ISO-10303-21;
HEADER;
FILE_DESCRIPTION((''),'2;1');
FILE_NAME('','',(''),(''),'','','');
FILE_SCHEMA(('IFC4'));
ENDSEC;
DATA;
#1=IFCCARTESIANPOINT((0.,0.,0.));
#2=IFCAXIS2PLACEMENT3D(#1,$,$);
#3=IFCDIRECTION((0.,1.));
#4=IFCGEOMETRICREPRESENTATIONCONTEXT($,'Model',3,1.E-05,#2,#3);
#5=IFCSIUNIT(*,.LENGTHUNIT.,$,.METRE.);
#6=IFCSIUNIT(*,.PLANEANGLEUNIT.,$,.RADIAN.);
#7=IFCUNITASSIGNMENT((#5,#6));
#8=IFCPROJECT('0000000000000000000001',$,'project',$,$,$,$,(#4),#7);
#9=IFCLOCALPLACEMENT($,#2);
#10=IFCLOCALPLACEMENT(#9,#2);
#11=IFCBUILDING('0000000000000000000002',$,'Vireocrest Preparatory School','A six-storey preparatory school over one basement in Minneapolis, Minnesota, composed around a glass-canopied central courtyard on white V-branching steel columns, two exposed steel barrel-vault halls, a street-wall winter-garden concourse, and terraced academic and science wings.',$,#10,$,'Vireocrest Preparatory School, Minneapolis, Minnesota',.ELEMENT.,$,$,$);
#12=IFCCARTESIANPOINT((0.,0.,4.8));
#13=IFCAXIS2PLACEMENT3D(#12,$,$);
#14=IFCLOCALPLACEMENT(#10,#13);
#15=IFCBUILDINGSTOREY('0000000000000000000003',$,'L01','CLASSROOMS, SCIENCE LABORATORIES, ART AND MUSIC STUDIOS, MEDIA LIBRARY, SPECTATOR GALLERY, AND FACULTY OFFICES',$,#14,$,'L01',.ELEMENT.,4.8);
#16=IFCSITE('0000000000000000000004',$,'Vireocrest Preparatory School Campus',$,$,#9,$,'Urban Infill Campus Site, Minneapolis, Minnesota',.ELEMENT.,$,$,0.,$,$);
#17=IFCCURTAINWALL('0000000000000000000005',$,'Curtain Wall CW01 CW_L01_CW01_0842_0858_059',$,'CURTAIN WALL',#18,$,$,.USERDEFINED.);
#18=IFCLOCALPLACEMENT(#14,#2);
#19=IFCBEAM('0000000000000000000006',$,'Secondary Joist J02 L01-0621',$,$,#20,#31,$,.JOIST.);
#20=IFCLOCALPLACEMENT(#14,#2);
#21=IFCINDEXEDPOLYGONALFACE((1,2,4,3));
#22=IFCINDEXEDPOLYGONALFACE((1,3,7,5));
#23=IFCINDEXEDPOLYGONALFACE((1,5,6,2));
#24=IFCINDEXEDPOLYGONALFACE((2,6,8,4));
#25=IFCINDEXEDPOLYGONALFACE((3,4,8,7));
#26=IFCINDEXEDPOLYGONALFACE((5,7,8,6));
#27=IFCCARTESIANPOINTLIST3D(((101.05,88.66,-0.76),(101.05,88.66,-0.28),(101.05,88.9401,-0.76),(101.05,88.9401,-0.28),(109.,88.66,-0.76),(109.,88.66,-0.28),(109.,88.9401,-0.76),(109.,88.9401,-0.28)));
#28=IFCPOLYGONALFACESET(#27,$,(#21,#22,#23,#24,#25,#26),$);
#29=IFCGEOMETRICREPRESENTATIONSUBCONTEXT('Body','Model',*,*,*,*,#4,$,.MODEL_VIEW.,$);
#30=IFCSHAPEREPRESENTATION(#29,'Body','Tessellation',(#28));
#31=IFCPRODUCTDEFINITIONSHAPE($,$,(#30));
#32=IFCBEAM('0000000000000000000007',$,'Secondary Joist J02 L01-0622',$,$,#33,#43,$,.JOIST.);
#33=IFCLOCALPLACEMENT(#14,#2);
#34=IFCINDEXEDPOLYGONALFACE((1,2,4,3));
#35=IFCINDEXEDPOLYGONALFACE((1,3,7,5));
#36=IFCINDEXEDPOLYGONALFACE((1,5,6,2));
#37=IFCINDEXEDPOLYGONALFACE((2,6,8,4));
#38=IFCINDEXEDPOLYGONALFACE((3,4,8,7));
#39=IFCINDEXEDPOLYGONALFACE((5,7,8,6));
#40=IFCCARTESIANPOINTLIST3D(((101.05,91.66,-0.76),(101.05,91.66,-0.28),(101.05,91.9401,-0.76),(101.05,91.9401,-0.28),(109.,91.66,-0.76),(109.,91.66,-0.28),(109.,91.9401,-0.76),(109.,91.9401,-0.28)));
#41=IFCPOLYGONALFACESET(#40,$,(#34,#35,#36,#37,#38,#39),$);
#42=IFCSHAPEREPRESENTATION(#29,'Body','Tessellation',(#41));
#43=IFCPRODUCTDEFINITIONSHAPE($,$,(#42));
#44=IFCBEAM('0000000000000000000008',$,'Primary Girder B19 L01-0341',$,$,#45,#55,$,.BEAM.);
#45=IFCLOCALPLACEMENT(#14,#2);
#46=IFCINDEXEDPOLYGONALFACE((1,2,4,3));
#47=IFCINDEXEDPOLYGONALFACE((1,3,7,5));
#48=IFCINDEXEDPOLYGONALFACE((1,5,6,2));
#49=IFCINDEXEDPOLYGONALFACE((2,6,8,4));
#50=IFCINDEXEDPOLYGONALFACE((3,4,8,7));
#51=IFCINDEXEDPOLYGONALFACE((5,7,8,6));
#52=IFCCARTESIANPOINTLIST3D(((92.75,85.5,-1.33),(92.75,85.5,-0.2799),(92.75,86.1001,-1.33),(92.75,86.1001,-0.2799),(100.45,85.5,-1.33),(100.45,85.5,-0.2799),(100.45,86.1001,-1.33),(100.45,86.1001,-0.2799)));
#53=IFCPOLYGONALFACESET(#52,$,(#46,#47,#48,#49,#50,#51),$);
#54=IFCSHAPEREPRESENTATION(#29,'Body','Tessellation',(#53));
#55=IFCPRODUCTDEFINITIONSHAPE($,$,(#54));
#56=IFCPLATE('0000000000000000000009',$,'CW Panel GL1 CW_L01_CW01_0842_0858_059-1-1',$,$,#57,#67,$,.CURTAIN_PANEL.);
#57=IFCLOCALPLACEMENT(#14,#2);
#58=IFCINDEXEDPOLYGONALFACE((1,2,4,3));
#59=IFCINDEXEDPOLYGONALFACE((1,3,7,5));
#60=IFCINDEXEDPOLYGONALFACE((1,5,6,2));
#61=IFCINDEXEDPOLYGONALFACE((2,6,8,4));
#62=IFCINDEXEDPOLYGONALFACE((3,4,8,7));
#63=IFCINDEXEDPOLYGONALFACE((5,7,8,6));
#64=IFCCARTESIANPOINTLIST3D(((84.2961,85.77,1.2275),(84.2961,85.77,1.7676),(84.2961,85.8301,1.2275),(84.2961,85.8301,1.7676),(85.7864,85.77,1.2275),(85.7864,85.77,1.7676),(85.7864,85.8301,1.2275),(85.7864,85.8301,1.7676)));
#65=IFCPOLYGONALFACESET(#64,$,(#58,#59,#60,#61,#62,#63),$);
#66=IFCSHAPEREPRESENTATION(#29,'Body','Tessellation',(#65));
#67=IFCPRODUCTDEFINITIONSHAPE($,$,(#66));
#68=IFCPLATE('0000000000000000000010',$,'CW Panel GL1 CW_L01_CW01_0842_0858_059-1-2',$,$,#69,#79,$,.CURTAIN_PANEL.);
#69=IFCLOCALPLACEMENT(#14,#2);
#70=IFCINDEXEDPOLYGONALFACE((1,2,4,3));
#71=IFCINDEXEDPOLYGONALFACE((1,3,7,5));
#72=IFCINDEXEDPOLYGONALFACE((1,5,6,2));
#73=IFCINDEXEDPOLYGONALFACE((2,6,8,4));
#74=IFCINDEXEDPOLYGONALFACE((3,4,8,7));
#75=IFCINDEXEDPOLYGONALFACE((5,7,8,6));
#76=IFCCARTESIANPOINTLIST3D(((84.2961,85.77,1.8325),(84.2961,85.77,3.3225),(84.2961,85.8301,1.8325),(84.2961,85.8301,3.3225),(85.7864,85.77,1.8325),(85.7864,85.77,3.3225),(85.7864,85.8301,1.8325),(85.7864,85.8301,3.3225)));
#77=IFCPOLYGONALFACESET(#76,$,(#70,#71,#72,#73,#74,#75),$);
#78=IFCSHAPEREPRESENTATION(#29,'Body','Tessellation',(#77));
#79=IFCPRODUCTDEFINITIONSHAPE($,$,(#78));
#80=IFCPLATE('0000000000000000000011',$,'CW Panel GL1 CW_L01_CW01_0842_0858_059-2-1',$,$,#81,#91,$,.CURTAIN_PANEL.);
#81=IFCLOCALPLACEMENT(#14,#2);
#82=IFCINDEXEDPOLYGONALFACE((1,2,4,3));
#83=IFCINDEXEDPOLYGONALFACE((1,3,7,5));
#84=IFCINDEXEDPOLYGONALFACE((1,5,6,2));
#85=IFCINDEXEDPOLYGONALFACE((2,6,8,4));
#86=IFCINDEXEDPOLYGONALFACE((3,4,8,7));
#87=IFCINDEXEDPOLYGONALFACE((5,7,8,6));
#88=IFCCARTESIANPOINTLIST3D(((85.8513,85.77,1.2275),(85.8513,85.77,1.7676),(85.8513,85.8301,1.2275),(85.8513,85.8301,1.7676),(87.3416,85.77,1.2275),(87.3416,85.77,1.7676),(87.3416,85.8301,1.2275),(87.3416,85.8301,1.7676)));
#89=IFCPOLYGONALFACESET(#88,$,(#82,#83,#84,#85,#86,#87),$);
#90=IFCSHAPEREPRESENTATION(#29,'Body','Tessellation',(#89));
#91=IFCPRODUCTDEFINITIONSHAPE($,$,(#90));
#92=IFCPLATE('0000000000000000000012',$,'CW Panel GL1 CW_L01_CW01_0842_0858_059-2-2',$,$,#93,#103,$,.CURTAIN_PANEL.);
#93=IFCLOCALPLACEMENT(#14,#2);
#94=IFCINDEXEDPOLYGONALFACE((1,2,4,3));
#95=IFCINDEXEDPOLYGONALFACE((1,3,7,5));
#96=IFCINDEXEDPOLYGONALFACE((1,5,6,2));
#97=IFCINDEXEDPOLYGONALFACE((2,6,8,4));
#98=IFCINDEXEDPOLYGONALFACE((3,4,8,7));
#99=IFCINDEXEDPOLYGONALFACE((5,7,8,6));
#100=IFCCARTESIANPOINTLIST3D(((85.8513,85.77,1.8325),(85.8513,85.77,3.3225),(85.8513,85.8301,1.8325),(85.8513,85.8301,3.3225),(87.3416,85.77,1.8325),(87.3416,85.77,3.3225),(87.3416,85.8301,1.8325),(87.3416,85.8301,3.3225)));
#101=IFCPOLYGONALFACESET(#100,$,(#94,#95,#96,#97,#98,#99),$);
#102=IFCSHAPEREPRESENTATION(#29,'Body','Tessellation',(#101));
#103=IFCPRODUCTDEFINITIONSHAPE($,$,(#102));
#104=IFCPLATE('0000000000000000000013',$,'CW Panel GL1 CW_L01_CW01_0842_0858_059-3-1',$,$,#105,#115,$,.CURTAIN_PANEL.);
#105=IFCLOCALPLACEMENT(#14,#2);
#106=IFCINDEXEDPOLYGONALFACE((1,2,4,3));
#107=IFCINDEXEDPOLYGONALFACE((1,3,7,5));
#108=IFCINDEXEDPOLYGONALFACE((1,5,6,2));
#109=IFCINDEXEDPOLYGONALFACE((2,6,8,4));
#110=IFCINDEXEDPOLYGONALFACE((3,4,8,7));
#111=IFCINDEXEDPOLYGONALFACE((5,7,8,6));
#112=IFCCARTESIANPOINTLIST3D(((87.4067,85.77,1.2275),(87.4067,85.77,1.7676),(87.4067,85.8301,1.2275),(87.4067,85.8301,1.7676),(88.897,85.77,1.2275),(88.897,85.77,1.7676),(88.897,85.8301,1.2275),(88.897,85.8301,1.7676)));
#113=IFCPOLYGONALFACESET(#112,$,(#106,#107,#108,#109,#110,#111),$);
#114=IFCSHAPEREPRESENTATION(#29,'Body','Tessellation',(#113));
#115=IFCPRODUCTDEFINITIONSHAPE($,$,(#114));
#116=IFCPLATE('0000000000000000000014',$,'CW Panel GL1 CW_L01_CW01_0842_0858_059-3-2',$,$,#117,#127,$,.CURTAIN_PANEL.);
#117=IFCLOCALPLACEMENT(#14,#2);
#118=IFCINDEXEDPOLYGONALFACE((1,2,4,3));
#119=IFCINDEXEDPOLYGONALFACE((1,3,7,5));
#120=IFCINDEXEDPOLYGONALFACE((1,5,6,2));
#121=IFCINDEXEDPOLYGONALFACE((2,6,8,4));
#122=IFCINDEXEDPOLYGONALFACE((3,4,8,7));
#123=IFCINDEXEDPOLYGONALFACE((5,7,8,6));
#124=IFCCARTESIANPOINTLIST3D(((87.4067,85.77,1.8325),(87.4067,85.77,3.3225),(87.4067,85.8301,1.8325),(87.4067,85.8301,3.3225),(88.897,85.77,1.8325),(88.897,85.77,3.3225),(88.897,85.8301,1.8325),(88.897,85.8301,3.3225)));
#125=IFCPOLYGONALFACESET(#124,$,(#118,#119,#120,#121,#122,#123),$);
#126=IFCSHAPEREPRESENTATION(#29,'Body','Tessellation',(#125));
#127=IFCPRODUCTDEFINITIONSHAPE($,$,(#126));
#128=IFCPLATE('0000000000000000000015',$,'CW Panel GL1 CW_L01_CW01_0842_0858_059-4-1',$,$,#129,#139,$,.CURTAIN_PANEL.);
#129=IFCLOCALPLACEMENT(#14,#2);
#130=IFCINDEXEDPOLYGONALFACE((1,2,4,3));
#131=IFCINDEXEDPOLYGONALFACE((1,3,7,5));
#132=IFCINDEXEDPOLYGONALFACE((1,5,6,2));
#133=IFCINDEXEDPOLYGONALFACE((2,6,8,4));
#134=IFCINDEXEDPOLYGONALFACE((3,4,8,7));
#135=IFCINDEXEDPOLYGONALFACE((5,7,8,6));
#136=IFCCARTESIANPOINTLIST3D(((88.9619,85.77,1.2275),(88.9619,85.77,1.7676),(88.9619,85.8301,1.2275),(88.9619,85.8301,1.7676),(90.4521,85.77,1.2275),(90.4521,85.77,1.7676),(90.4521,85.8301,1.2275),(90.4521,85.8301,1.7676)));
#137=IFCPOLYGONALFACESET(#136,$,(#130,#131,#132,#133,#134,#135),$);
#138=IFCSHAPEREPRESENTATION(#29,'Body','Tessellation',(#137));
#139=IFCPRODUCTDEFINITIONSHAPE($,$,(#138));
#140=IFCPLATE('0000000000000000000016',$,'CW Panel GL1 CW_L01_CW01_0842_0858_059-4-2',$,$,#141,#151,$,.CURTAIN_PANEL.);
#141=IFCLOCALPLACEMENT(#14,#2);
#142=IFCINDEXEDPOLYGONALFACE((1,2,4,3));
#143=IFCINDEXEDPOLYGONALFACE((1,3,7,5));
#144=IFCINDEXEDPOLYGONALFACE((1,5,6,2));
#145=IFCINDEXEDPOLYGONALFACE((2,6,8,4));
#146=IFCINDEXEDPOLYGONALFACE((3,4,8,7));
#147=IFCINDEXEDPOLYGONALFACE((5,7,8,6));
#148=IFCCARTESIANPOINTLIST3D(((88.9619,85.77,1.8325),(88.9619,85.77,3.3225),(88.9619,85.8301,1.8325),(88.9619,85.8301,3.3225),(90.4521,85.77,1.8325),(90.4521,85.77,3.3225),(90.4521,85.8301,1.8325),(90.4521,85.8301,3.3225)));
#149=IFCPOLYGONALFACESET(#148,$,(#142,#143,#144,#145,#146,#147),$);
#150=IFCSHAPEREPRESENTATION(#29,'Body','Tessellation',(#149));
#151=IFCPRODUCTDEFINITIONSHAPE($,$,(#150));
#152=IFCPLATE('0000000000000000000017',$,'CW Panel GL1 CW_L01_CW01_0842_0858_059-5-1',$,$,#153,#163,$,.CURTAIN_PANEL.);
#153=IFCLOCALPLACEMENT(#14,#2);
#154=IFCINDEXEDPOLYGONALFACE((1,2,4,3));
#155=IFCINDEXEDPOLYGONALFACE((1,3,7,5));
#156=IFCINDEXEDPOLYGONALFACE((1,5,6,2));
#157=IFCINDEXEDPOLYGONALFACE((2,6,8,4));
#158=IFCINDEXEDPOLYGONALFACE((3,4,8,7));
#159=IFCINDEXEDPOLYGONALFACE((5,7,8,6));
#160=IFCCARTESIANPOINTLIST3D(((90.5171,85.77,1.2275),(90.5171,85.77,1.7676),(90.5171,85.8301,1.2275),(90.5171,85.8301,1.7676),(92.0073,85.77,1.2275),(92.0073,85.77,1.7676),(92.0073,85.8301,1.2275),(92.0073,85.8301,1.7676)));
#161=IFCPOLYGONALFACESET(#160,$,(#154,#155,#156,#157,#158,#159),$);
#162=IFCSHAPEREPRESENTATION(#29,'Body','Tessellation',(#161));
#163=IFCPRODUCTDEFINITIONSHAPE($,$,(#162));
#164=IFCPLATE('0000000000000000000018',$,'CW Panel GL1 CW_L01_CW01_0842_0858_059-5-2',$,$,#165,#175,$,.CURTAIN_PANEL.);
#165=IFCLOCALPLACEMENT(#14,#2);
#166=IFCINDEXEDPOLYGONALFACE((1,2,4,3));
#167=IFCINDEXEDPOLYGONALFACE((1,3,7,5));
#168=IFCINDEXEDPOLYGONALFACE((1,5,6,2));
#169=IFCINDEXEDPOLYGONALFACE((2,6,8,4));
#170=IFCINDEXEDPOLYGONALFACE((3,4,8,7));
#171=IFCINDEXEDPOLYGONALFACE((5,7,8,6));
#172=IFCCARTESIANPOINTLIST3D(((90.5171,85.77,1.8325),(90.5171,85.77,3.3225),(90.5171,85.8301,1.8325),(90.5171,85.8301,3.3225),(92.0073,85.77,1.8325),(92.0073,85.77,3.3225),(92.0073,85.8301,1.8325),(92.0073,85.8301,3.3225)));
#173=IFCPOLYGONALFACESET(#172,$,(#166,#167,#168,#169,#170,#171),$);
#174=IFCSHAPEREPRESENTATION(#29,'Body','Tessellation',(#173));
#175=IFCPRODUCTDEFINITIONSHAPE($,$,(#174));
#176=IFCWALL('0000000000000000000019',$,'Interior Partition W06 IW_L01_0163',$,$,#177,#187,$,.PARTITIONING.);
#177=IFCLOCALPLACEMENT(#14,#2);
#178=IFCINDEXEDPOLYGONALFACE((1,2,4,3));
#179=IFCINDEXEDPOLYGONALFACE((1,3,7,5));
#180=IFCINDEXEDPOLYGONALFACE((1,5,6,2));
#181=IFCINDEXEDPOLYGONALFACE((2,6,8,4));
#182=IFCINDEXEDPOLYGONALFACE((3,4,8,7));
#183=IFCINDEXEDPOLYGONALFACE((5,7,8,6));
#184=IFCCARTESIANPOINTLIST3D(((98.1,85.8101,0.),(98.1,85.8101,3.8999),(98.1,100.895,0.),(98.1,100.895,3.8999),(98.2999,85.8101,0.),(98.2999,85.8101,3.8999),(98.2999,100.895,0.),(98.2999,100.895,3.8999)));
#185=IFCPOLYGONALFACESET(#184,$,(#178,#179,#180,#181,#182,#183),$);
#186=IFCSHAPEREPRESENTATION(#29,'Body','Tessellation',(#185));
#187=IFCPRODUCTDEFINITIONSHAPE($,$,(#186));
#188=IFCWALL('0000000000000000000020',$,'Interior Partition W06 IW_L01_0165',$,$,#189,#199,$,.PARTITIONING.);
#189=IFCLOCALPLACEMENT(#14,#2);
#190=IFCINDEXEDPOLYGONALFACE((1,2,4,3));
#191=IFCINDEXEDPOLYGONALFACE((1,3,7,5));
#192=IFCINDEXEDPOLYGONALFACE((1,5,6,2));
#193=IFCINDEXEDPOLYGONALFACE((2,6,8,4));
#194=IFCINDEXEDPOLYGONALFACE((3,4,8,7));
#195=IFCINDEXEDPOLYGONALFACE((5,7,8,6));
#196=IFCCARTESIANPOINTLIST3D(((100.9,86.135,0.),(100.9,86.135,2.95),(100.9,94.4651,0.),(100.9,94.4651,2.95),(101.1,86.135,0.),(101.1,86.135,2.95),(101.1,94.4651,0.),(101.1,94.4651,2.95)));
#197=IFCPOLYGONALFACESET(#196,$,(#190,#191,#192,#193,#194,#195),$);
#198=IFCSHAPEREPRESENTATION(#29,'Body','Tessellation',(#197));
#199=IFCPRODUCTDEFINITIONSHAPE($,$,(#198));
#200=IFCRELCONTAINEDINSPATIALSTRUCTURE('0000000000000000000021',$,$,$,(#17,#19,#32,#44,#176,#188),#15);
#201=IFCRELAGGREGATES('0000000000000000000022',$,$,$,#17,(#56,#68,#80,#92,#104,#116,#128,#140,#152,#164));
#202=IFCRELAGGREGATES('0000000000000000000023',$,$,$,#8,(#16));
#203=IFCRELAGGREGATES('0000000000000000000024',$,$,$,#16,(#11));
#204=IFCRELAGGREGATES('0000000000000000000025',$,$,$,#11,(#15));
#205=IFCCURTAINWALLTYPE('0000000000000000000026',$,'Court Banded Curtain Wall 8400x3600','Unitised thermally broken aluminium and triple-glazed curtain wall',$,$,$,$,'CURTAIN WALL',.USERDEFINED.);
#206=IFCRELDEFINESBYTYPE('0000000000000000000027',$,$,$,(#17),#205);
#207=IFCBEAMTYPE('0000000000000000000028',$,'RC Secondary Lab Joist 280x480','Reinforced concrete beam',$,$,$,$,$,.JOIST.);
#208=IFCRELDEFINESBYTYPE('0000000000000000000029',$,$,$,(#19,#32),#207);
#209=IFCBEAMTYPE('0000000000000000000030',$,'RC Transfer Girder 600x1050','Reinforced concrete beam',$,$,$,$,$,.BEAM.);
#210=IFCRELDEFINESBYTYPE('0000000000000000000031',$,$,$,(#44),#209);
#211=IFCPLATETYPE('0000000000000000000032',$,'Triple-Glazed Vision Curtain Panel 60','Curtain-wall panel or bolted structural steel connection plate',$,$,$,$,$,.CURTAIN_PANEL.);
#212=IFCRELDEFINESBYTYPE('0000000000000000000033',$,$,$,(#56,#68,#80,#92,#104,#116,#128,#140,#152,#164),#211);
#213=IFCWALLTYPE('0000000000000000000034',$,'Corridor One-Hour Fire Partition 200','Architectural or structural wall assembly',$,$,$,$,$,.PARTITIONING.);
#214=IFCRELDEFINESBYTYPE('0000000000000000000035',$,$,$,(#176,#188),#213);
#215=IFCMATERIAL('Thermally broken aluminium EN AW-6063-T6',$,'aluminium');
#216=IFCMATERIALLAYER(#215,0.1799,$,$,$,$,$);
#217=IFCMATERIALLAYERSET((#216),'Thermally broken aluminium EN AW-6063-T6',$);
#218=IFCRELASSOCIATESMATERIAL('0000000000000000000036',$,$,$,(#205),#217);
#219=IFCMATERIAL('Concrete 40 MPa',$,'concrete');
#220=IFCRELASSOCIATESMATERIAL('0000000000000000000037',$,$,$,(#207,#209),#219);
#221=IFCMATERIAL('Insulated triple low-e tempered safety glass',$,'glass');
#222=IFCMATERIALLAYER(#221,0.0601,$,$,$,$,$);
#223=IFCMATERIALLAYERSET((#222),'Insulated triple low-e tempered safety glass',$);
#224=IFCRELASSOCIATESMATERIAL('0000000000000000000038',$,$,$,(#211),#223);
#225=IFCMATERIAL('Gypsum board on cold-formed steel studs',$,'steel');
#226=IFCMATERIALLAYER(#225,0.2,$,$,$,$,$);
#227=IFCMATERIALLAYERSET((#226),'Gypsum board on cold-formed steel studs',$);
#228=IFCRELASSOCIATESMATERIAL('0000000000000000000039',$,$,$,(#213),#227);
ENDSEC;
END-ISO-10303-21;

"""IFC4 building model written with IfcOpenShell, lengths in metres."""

from ifc_helpers import new_model, si_unit, direction, frame, frame_2d, origin, origin_2d, place, context, subcontext, project, spatial, rectangle, extrude, material, layer, layer_set, material_profile, profile_set, type_object, element, aggregate, save


model = new_model("IFC4")

# Units and contexts
model_context = context("Model", 3, precision=1e-05, world=origin(), true_north=direction((0.0, 1.0)))
body_context = subcontext(model_context, "Body", "Model", "MODEL_VIEW")
ifc_project = project(units=[si_unit("LENGTHUNIT", "METRE"), si_unit("PLANEANGLEUNIT", "RADIAN")], contexts=[model_context])

# Site, building, storey
site_placement = place(None, origin())
site = spatial("IfcSite", under=ifc_project, at=site_placement, Name="Vireocrest Preparatory School Campus", LongName="Urban Infill Campus Site, Minneapolis, Minnesota", CompositionType="ELEMENT", RefElevation=0.0)
building_placement = place(site_placement, origin())
building = spatial("IfcBuilding", under=site, at=building_placement, Name="Vireocrest Preparatory School", Description="A six-storey preparatory school over one basement in Minneapolis, Minnesota, composed around a glass-canopied central courtyard on white V-branching steel columns, two exposed steel barrel-vault halls, a street-wall winter-garden concourse, and terraced academic and science wings.", LongName="Vireocrest Preparatory School, Minneapolis, Minnesota", CompositionType="ELEMENT")
storey_placement = place(building_placement, frame((0.0, 0.0, 4.8)))
storey = spatial("IfcBuildingStorey", under=building, at=storey_placement, Name="L01", Description="CLASSROOMS, SCIENCE LABORATORIES, ART AND MUSIC STUDIOS, MEDIA LIBRARY, SPECTATOR GALLERY, AND FACULTY OFFICES", LongName="L01", CompositionType="ELEMENT", Elevation=4.8)

# Curtain wall
ifc_material_1 = material(Name="Thermally broken aluminium EN AW-6063-T6", Category="aluminium")
ifc_layer_1 = layer(ifc_material_1, 0.1799)
ifc_layer_set_1 = layer_set([ifc_layer_1], Name="Thermally broken aluminium EN AW-6063-T6")
curtain_wall_type = type_object("IfcCurtainWallType", Name="Court Banded Curtain Wall 8400x3600", Description="Unitised thermally broken aluminium and triple-glazed curtain wall", ElementType="CURTAIN WALL", PredefinedType="USERDEFINED", material=ifc_layer_set_1)
curtain_wall_placement = place(storey_placement, origin())
curtain_wall = element("IfcCurtainWall", 1, at=curtain_wall_placement, inside=storey, type_object=curtain_wall_type, Name="Curtain Wall CW01 CW_L01_CW01_0842_0858_059", ObjectType="CURTAIN WALL", PredefinedType="USERDEFINED")

# Beams
ifc_material_2 = material(Name="Concrete 40 MPa", Category="concrete")
ifc_material_profile_1 = material_profile(ifc_material_2, rectangle(XDim=0.28, YDim=0.48, at=origin_2d()), Name="RC 280x480")
ifc_profile_set_1 = profile_set([ifc_material_profile_1], Name="Concrete 40 MPa")
beam_type_1 = type_object("IfcBeamType", Name="RC Secondary Lab Joist 280x480", Description="Reinforced concrete beam", PredefinedType="JOIST", material=ifc_profile_set_1)
for number, where, z_axis, x_axis, name in (
    (2, (101.05, 88.8, -0.52), (1.0, 0.0, 0.0), (0.0, 1.0, 0.0), "Secondary Joist J02 L01-0621"),
    (3, (101.05, 91.8, -0.52), (1.0, 0.0, 0.0), (0.0, 1.0, 0.0), "Secondary Joist J02 L01-0622"),
):
    element("IfcBeam", number, at=place(storey_placement, frame(where, z_axis=z_axis, x_axis=x_axis)), inside=storey, type_object=beam_type_1, Name=name, PredefinedType="JOIST", context=body_context, shape_type="SweptSolid", body=[
        extrude(rectangle(XDim=0.28, YDim=0.48, at=origin_2d()), origin(), (0.0, 0.0, 1.0), 7.95),
    ])
ifc_material_profile_2 = material_profile(ifc_material_2, rectangle(XDim=0.6001, YDim=1.05, at=origin_2d()), Name="RC 600x1050")
ifc_profile_set_2 = profile_set([ifc_material_profile_2], Name="Concrete 40 MPa")
beam_type_2 = type_object("IfcBeamType", Name="RC Transfer Girder 600x1050", Description="Reinforced concrete beam", PredefinedType="BEAM", material=ifc_profile_set_2)
beam_1_placement = place(storey_placement, frame((92.75, 85.8, -0.8049), z_axis=(1.0, 0.0, 0.0), x_axis=(0.0, 1.0, 0.0)))
element("IfcBeam", 4, at=beam_1_placement, inside=storey, type_object=beam_type_2, Name="Primary Girder B19 L01-0341", PredefinedType="BEAM", context=body_context, shape_type="SweptSolid", body=[
    extrude(rectangle(XDim=0.6001, YDim=1.05, at=origin_2d()), origin(), (0.0, 0.0, 1.0), 7.7),
])

# Plates
ifc_material_3 = material(Name="Insulated triple low-e tempered safety glass", Category="glass")
ifc_layer_2 = layer(ifc_material_3, 0.0601)
ifc_layer_set_2 = layer_set([ifc_layer_2], Name="Insulated triple low-e tempered safety glass")
plate_type = type_object("IfcPlateType", Name="Triple-Glazed Vision Curtain Panel 60", Description="Curtain-wall panel or bolted structural steel connection plate", PredefinedType="CURTAIN_PANEL", material=ifc_layer_set_2)
plate_1_placement = place(storey_placement, frame((85.0413, 85.8, 1.2275), z_axis=(0.0, 0.0, 1.0), x_axis=(1.0, 0.0, 0.0)))
plate_1 = element("IfcPlate", 5, at=plate_1_placement, type_object=plate_type, Name="CW Panel GL1 CW_L01_CW01_0842_0858_059-1-1", PredefinedType="CURTAIN_PANEL", context=body_context, shape_type="SweptSolid", body=[
    extrude(rectangle(XDim=1.4902, YDim=0.0601, at=origin_2d()), origin(), (0.0, 0.0, 1.0), 0.54),
])
plate_2_placement = place(storey_placement, frame((85.0413, 85.8, 1.8325), z_axis=(0.0, 0.0, 1.0), x_axis=(1.0, 0.0, 0.0)))
plate_2 = element("IfcPlate", 6, at=plate_2_placement, type_object=plate_type, Name="CW Panel GL1 CW_L01_CW01_0842_0858_059-1-2", PredefinedType="CURTAIN_PANEL", context=body_context, shape_type="SweptSolid", body=[
    extrude(rectangle(XDim=1.4902, YDim=0.0601, at=origin_2d()), origin(), (0.0, 0.0, 1.0), 1.49),
])
plate_3_placement = place(storey_placement, frame((86.5964, 85.8, 1.2275), z_axis=(0.0, 0.0, 1.0), x_axis=(1.0, 0.0, 0.0)))
plate_3 = element("IfcPlate", 7, at=plate_3_placement, type_object=plate_type, Name="CW Panel GL1 CW_L01_CW01_0842_0858_059-2-1", PredefinedType="CURTAIN_PANEL", context=body_context, shape_type="SweptSolid", body=[
    extrude(rectangle(XDim=1.4902, YDim=0.0601, at=origin_2d()), origin(), (0.0, 0.0, 1.0), 0.54),
])
plate_4_placement = place(storey_placement, frame((86.5964, 85.8, 1.8325), z_axis=(0.0, 0.0, 1.0), x_axis=(1.0, 0.0, 0.0)))
plate_4 = element("IfcPlate", 8, at=plate_4_placement, type_object=plate_type, Name="CW Panel GL1 CW_L01_CW01_0842_0858_059-2-2", PredefinedType="CURTAIN_PANEL", context=body_context, shape_type="SweptSolid", body=[
    extrude(rectangle(XDim=1.4902, YDim=0.0601, at=origin_2d()), origin(), (0.0, 0.0, 1.0), 1.49),
])
plate_5_placement = place(storey_placement, frame((88.1519, 85.8, 1.2275), z_axis=(0.0, 0.0, 1.0), x_axis=(1.0, 0.0, 0.0)))
plate_5 = element("IfcPlate", 9, at=plate_5_placement, type_object=plate_type, Name="CW Panel GL1 CW_L01_CW01_0842_0858_059-3-1", PredefinedType="CURTAIN_PANEL", context=body_context, shape_type="SweptSolid", body=[
    extrude(rectangle(XDim=1.4902, YDim=0.0601, at=origin_2d()), origin(), (0.0, 0.0, 1.0), 0.54),
])
plate_6_placement = place(storey_placement, frame((88.1519, 85.8, 1.8325), z_axis=(0.0, 0.0, 1.0), x_axis=(1.0, 0.0, 0.0)))
plate_6 = element("IfcPlate", 10, at=plate_6_placement, type_object=plate_type, Name="CW Panel GL1 CW_L01_CW01_0842_0858_059-3-2", PredefinedType="CURTAIN_PANEL", context=body_context, shape_type="SweptSolid", body=[
    extrude(rectangle(XDim=1.4902, YDim=0.0601, at=origin_2d()), origin(), (0.0, 0.0, 1.0), 1.49),
])
plate_7_placement = place(storey_placement, frame((89.707, 85.8, 1.2275), z_axis=(0.0, 0.0, 1.0), x_axis=(1.0, 0.0, 0.0)))
plate_7 = element("IfcPlate", 11, at=plate_7_placement, type_object=plate_type, Name="CW Panel GL1 CW_L01_CW01_0842_0858_059-4-1", PredefinedType="CURTAIN_PANEL", context=body_context, shape_type="SweptSolid", body=[
    extrude(rectangle(XDim=1.4902, YDim=0.0601, at=origin_2d()), origin(), (0.0, 0.0, 1.0), 0.54),
])
plate_8_placement = place(storey_placement, frame((89.707, 85.8, 1.8325), z_axis=(0.0, 0.0, 1.0), x_axis=(1.0, 0.0, 0.0)))
plate_8 = element("IfcPlate", 12, at=plate_8_placement, type_object=plate_type, Name="CW Panel GL1 CW_L01_CW01_0842_0858_059-4-2", PredefinedType="CURTAIN_PANEL", context=body_context, shape_type="SweptSolid", body=[
    extrude(rectangle(XDim=1.4902, YDim=0.0601, at=origin_2d()), origin(), (0.0, 0.0, 1.0), 1.49),
])
plate_9_placement = place(storey_placement, frame((91.2622, 85.8, 1.2275), z_axis=(0.0, 0.0, 1.0), x_axis=(1.0, 0.0, 0.0)))
plate_9 = element("IfcPlate", 13, at=plate_9_placement, type_object=plate_type, Name="CW Panel GL1 CW_L01_CW01_0842_0858_059-5-1", PredefinedType="CURTAIN_PANEL", context=body_context, shape_type="SweptSolid", body=[
    extrude(rectangle(XDim=1.4902, YDim=0.0601, at=origin_2d()), origin(), (0.0, 0.0, 1.0), 0.54),
])
plate_10_placement = place(storey_placement, frame((91.2622, 85.8, 1.8325), z_axis=(0.0, 0.0, 1.0), x_axis=(1.0, 0.0, 0.0)))
plate_10 = element("IfcPlate", 14, at=plate_10_placement, type_object=plate_type, Name="CW Panel GL1 CW_L01_CW01_0842_0858_059-5-2", PredefinedType="CURTAIN_PANEL", context=body_context, shape_type="SweptSolid", body=[
    extrude(rectangle(XDim=1.4902, YDim=0.0601, at=origin_2d()), origin(), (0.0, 0.0, 1.0), 1.49),
])
aggregate(curtain_wall, [plate_1, plate_2, plate_3, plate_4, plate_5, plate_6, plate_7, plate_8, plate_9, plate_10])

# Walls
ifc_material_4 = material(Name="Gypsum board on cold-formed steel studs", Category="steel")
ifc_layer_3 = layer(ifc_material_4, 0.2)
ifc_layer_set_3 = layer_set([ifc_layer_3], Name="Gypsum board on cold-formed steel studs")
wall_type = type_object("IfcWallType", Name="Corridor One-Hour Fire Partition 200", Description="Architectural or structural wall assembly", PredefinedType="PARTITIONING", material=ifc_layer_set_3)
wall_1_placement = place(storey_placement, frame((98.2, 85.8101, 0.0), z_axis=(0.0, 0.0, 1.0), x_axis=(0.0, 1.0, 0.0)))
element("IfcWall", 15, at=wall_1_placement, inside=storey, type_object=wall_type, Name="Interior Partition W06 IW_L01_0163", PredefinedType="PARTITIONING", context=body_context, shape_type="SweptSolid", body=[
    extrude(rectangle(XDim=15.085, YDim=0.2, at=frame_2d((7.5425, 0.0))), origin(), (0.0, 0.0, 1.0), 3.8999),
])
wall_2_placement = place(storey_placement, frame((101.0, 86.135, 0.0), z_axis=(0.0, 0.0, 1.0), x_axis=(0.0, 1.0, 0.0)))
element("IfcWall", 16, at=wall_2_placement, inside=storey, type_object=wall_type, Name="Interior Partition W06 IW_L01_0165", PredefinedType="PARTITIONING", context=body_context, shape_type="SweptSolid", body=[
    extrude(rectangle(XDim=8.3301, YDim=0.2, at=frame_2d((4.165, 0.0))), origin(), (0.0, 0.0, 1.0), 2.95),
])

save(model, "model.ifc")
